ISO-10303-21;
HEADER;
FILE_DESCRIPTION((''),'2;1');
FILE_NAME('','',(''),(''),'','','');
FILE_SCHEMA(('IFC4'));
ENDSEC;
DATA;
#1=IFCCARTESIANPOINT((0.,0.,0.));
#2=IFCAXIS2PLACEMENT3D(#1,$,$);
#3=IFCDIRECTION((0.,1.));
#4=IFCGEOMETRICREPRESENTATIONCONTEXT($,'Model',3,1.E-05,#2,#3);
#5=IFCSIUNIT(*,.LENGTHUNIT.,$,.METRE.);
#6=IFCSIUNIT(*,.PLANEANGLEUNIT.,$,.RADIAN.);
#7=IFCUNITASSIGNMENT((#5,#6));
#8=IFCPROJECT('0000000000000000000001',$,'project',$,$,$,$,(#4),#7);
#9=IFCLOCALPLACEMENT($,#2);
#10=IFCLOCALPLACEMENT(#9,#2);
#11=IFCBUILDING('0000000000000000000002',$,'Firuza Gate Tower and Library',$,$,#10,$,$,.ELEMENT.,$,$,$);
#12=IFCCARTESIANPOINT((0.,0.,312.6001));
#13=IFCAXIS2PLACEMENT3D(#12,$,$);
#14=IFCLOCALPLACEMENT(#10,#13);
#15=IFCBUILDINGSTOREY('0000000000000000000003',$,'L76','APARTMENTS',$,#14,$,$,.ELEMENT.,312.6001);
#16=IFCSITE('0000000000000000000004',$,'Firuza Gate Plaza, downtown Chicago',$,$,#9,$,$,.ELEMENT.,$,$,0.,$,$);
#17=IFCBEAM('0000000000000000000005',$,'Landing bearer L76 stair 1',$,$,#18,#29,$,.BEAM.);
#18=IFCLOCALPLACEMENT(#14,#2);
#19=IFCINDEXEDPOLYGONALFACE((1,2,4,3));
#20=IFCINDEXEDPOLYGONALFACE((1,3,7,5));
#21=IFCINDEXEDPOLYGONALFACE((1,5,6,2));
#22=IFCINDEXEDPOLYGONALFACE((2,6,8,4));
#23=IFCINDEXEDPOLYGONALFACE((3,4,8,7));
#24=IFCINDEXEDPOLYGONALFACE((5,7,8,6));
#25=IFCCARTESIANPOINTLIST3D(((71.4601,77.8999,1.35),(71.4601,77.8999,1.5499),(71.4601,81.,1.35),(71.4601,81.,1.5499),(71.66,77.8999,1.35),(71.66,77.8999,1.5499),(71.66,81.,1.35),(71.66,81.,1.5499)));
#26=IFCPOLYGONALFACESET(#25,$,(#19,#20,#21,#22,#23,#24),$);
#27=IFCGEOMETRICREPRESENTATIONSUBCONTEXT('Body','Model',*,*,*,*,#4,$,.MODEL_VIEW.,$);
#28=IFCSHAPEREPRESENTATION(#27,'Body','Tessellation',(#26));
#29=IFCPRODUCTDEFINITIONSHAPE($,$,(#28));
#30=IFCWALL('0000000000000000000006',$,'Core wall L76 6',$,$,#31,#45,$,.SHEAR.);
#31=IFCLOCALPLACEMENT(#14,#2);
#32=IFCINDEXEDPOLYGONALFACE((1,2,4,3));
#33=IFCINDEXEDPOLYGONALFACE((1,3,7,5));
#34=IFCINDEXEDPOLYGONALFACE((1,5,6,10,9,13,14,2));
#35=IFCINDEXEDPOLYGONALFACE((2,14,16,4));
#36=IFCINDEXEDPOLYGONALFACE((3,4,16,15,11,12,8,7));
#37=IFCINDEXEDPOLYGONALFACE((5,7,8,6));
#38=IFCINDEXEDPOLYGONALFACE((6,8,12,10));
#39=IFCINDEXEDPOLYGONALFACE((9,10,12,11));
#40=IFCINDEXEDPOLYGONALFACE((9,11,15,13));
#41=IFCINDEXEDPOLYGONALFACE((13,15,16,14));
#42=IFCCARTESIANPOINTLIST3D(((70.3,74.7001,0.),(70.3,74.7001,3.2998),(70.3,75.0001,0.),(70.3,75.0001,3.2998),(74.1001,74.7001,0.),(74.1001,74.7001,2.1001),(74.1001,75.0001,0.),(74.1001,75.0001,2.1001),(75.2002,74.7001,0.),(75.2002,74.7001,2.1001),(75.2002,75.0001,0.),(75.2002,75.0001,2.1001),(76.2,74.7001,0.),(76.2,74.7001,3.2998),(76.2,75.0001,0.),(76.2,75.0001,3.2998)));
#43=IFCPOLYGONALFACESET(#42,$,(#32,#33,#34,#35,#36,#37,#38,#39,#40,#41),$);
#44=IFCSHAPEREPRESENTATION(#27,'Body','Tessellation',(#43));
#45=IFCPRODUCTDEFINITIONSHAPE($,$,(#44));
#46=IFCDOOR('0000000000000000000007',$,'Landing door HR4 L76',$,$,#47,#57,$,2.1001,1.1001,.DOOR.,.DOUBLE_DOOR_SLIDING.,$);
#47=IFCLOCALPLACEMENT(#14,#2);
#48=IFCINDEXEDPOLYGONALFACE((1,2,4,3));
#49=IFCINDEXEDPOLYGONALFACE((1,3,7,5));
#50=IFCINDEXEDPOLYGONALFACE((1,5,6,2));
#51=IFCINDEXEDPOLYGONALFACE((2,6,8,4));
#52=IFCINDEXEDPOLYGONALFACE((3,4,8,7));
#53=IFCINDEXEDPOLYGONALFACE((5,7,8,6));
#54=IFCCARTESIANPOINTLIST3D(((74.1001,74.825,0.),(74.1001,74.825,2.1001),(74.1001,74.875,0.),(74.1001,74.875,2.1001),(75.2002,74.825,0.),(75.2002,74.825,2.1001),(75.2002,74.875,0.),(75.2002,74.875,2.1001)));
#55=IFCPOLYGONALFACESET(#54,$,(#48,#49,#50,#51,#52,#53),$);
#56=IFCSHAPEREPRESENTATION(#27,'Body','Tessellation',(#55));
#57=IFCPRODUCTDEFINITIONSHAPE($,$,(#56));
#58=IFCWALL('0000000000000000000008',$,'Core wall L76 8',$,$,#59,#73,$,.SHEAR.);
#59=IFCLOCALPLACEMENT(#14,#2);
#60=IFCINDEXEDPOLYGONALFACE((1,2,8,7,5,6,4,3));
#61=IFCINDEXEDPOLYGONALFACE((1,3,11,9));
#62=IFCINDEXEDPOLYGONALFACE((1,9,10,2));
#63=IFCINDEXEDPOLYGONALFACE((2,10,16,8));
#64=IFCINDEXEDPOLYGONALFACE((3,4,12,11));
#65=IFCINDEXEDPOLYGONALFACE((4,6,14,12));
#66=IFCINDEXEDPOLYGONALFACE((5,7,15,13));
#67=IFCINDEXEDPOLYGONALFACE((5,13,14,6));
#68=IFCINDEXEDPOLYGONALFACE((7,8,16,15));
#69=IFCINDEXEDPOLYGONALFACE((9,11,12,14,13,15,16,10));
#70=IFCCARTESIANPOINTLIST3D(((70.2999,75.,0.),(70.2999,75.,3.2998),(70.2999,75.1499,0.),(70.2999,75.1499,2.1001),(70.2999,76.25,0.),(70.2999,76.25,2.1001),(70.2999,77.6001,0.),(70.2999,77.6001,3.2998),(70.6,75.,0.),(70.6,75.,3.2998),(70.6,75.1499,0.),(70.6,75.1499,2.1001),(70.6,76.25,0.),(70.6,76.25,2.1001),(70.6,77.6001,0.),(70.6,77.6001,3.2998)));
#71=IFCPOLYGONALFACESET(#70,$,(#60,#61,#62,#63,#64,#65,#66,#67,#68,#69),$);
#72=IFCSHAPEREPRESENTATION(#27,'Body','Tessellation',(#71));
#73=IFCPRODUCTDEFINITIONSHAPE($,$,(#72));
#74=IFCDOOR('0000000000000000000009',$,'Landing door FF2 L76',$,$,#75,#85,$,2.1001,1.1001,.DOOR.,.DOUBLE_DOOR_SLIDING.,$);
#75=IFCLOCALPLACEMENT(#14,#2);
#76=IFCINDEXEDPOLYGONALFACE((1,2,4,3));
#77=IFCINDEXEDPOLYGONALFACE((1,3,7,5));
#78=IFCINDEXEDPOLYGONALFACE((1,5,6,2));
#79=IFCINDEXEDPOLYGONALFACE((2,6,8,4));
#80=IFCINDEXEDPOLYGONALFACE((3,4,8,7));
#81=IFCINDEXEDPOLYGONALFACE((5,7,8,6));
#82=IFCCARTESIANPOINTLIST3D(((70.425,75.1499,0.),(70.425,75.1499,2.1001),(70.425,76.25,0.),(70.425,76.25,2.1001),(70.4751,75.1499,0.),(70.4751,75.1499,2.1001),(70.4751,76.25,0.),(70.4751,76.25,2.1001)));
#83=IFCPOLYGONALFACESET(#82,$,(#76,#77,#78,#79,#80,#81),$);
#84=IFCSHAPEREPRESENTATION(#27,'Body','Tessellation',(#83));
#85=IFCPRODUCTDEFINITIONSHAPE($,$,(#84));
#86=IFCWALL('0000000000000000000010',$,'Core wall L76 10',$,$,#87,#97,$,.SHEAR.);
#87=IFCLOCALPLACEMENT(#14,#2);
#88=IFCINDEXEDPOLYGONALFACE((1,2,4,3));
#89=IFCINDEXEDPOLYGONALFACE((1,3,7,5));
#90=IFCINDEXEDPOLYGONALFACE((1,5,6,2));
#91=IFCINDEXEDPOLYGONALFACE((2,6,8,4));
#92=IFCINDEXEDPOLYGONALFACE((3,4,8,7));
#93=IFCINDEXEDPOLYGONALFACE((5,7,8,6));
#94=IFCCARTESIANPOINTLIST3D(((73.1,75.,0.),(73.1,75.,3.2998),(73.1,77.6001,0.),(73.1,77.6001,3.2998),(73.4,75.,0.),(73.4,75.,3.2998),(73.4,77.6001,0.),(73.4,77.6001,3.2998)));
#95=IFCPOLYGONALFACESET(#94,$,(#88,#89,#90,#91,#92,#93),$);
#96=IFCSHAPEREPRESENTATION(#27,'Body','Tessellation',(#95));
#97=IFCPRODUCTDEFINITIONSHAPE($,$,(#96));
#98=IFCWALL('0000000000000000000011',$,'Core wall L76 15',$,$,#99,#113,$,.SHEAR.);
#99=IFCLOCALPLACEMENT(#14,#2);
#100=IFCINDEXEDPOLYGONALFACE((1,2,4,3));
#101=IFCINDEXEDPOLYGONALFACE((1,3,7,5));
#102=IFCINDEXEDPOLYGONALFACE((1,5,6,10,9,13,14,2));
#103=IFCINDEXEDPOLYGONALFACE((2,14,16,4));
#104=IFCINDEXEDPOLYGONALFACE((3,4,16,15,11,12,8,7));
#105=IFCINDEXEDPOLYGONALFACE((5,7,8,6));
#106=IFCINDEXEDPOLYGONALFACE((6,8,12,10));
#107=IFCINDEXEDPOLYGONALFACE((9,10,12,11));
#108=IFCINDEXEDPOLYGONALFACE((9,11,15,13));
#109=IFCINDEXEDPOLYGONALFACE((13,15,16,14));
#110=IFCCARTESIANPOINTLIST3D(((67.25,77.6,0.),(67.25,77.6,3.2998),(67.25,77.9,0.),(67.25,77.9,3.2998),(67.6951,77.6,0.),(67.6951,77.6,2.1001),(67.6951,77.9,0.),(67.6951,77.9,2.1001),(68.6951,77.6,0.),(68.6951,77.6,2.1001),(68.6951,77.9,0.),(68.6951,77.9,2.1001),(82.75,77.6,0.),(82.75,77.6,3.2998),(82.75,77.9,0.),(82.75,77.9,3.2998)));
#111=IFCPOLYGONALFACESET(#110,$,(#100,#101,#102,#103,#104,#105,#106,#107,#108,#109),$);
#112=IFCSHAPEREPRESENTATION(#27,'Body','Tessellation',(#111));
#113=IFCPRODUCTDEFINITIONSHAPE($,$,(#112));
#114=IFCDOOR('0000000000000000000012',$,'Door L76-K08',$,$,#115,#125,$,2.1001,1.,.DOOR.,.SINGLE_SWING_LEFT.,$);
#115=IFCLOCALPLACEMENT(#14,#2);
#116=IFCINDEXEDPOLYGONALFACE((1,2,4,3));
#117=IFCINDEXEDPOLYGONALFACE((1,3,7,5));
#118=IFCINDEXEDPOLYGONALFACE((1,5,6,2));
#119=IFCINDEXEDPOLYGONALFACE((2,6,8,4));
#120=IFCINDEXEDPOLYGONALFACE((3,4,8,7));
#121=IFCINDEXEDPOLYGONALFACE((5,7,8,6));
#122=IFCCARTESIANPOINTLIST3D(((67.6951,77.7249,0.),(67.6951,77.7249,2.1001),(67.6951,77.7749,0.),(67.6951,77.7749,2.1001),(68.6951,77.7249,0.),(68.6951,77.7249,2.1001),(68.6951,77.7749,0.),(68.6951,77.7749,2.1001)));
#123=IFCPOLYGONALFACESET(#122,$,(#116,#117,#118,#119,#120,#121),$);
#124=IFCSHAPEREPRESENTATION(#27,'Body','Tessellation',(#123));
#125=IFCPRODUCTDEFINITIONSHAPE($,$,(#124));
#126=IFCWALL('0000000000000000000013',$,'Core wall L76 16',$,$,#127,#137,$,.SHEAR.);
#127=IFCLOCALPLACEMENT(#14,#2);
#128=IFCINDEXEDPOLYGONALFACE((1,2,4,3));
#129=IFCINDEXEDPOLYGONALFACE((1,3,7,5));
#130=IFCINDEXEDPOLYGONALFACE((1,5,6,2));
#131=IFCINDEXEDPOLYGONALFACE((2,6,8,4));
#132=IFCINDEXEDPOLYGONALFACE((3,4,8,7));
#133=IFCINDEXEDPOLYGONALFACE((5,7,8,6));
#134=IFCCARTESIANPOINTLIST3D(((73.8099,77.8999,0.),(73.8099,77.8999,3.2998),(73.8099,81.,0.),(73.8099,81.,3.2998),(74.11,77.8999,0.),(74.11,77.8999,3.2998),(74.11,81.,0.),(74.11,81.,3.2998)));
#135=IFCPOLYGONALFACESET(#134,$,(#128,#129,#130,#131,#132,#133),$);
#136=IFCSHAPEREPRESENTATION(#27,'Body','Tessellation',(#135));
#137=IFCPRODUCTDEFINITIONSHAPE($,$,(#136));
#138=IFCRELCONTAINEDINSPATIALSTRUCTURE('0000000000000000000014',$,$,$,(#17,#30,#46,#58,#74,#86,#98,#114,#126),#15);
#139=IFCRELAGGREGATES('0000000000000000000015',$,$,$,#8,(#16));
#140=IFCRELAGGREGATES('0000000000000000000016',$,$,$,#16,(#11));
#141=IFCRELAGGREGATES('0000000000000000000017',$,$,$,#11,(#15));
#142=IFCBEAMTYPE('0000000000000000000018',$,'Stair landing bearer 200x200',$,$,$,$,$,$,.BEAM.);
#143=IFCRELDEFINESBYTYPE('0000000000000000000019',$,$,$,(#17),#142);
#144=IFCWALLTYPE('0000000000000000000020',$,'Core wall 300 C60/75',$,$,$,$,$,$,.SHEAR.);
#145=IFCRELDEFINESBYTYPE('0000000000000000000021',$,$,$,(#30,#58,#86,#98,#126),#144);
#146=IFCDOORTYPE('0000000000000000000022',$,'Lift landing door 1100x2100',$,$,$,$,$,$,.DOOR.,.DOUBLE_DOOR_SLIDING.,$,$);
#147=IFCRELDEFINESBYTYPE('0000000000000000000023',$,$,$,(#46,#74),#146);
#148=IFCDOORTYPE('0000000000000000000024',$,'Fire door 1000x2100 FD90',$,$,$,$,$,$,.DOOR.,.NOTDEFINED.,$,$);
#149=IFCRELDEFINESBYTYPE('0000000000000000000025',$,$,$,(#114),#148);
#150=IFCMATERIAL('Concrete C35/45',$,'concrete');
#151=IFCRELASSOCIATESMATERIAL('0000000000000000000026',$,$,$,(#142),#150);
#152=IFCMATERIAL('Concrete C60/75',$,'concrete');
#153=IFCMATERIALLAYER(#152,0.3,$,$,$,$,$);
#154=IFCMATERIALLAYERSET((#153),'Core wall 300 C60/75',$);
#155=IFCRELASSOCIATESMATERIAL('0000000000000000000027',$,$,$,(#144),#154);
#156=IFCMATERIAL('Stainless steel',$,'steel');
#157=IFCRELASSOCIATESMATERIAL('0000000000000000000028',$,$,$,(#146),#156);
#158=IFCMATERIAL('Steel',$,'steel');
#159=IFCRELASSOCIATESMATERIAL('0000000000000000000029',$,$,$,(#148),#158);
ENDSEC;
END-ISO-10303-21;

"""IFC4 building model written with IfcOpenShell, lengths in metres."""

from ifc_helpers import new_model, si_unit, direction, frame, frame_2d, origin, origin_2d, place, context, subcontext, project, spatial, rectangle, extrude, material, layer, layer_set, material_profile, profile_set, type_object, element, fill, save


model = new_model("IFC4")

# Units and contexts
model_context = context("Model", 3, precision=1e-05, world=origin(), true_north=direction((0.0, 1.0)))
body_context = subcontext(model_context, "Body", "Model", "MODEL_VIEW")
ifc_project = project(units=[si_unit("LENGTHUNIT", "METRE"), si_unit("PLANEANGLEUNIT", "RADIAN")], contexts=[model_context])

# Site, building, storey
site_placement = place(None, origin())
site = spatial("IfcSite", under=ifc_project, at=site_placement, Name="Firuza Gate Plaza, downtown Chicago", CompositionType="ELEMENT", RefElevation=0.0)
building_placement = place(site_placement, origin())
building = spatial("IfcBuilding", under=site, at=building_placement, Name="Firuza Gate Tower and Library", CompositionType="ELEMENT")
storey_placement = place(building_placement, frame((0.0, 0.0, 312.6001)))
storey = spatial("IfcBuildingStorey", under=building, at=storey_placement, Name="L76", Description="APARTMENTS", CompositionType="ELEMENT", Elevation=312.6001)

# Beam
ifc_material_1 = material(Name="Concrete C35/45", Category="concrete")
ifc_material_profile = material_profile(ifc_material_1, rectangle(XDim=0.2, YDim=0.2, at=origin_2d()))
ifc_profile_set = profile_set([ifc_material_profile], Name="Concrete C35/45")
beam_type = type_object("IfcBeamType", Name="Stair landing bearer 200x200", PredefinedType="BEAM", material=ifc_profile_set)
beam_placement = place(storey_placement, frame((71.5601, 77.8999, 1.45), z_axis=(0.0, 1.0, 0.0), x_axis=(-1.0, 0.0, 0.0)))
element("IfcBeam", 1, at=beam_placement, inside=storey, type_object=beam_type, Name="Landing bearer L76 stair 1", PredefinedType="BEAM", context=body_context, shape_type="SweptSolid", body=[
    extrude(rectangle(XDim=0.2, YDim=0.2, at=origin_2d()), origin(), (0.0, 0.0, 1.0), 3.1001),
])

# Walls, openings, doors
ifc_material_2 = material(Name="Concrete C60/75", Category="concrete")
ifc_layer_1 = layer(ifc_material_2, 0.3)
ifc_layer_set_1 = layer_set([ifc_layer_1], Name="Core wall 300 C60/75")
wall_type_1 = type_object("IfcWallType", Name="Core wall 300 C60/75", PredefinedType="SHEAR", material=ifc_layer_set_1)
wall_1_placement = place(storey_placement, frame((70.3, 74.8501, 0.0), z_axis=(0.0, 0.0, 1.0), x_axis=(1.0, 0.0, 0.0)))
wall_1 = element("IfcWall", 2, at=wall_1_placement, inside=storey, type_object=wall_type_1, Name="Core wall L76 6", PredefinedType="SHEAR", context=body_context, shape_type="SweptSolid", body=[
    extrude(rectangle(XDim=5.8999, YDim=0.3, at=frame_2d((2.95, 0.0))), origin(), (0.0, 0.0, 1.0), 3.2998),
])
opening_1_placement = place(wall_1_placement, frame((3.8, 0.0, 0.0)))
opening_1 = element("IfcOpeningElement", 3, at=opening_1_placement, cuts=wall_1, PredefinedType="OPENING", context=body_context, shape_type="SweptSolid", body=[
    extrude(rectangle(XDim=1.1001, YDim=2.1001, at=frame_2d((0.55, 1.05))), frame((0.0, 0.1602, 0.0), z_axis=(0.0, -1.0, 0.0), x_axis=(1.0, 0.0, 0.0)), (0.0, 0.0, 1.0), 0.3201),
])
ifc_material_3 = material(Name="Stainless steel", Category="steel")
door_type_1 = type_object("IfcDoorType", Name="Lift landing door 1100x2100", OperationType="DOUBLE_DOOR_SLIDING", PredefinedType="DOOR", material=ifc_material_3)
door_1_placement = place(opening_1_placement, origin())
door_1 = element("IfcDoor", 4, at=door_1_placement, inside=storey, type_object=door_type_1, Name="Landing door HR4 L76", OperationType="DOUBLE_DOOR_SLIDING", OverallHeight=2.1001, OverallWidth=1.1001, PredefinedType="DOOR", context=body_context, shape_type="SweptSolid", body=[
    extrude(rectangle(XDim=1.1001, YDim=2.1001, at=frame_2d((0.55, 1.05))), frame((0.0, 0.0249, 0.0), z_axis=(0.0, -1.0, 0.0), x_axis=(1.0, 0.0, 0.0)), (0.0, 0.0, 1.0), 0.05),
])
fill(opening_1, door_1)
wall_2_placement = place(storey_placement, frame((70.45, 75.0, 0.0), z_axis=(0.0, 0.0, 1.0), x_axis=(0.0, 1.0, 0.0)))
wall_2 = element("IfcWall", 5, at=wall_2_placement, inside=storey, type_object=wall_type_1, Name="Core wall L76 8", PredefinedType="SHEAR", context=body_context, shape_type="SweptSolid", body=[
    extrude(rectangle(XDim=2.6001, YDim=0.3, at=frame_2d((1.3, 0.0))), origin(), (0.0, 0.0, 1.0), 3.2998),
])
opening_2_placement = place(wall_2_placement, frame((0.1499, 0.0, 0.0)))
opening_2 = element("IfcOpeningElement", 6, at=opening_2_placement, cuts=wall_2, PredefinedType="OPENING", context=body_context, shape_type="SweptSolid", body=[
    extrude(rectangle(XDim=1.1001, YDim=2.1001, at=frame_2d((0.55, 1.05))), frame((0.0, 0.1602, 0.0), z_axis=(0.0, -1.0, 0.0), x_axis=(1.0, 0.0, 0.0)), (0.0, 0.0, 1.0), 0.3201),
])
door_2_placement = place(opening_2_placement, origin())
door_2 = element("IfcDoor", 7, at=door_2_placement, inside=storey, type_object=door_type_1, Name="Landing door FF2 L76", OperationType="DOUBLE_DOOR_SLIDING", OverallHeight=2.1001, OverallWidth=1.1001, PredefinedType="DOOR", context=body_context, shape_type="SweptSolid", body=[
    extrude(rectangle(XDim=1.1001, YDim=2.1001, at=frame_2d((0.55, 1.05))), frame((0.0, 0.0249, 0.0), z_axis=(0.0, -1.0, 0.0), x_axis=(1.0, 0.0, 0.0)), (0.0, 0.0, 1.0), 0.05),
])
fill(opening_2, door_2)

# Wall
wall_3_placement = place(storey_placement, frame((73.25, 75.0, 0.0), z_axis=(0.0, 0.0, 1.0), x_axis=(0.0, 1.0, 0.0)))
element("IfcWall", 8, at=wall_3_placement, inside=storey, type_object=wall_type_1, Name="Core wall L76 10", PredefinedType="SHEAR", context=body_context, shape_type="SweptSolid", body=[
    extrude(rectangle(XDim=2.6001, YDim=0.3, at=frame_2d((1.3, 0.0))), origin(), (0.0, 0.0, 1.0), 3.2998),
])

# Wall, opening, door
wall_4_placement = place(storey_placement, frame((67.25, 77.75, 0.0), z_axis=(0.0, 0.0, 1.0), x_axis=(1.0, 0.0, 0.0)))
wall_4 = element("IfcWall", 9, at=wall_4_placement, inside=storey, type_object=wall_type_1, Name="Core wall L76 15", PredefinedType="SHEAR", context=body_context, shape_type="SweptSolid", body=[
    extrude(rectangle(XDim=15.5, YDim=0.3, at=frame_2d((7.75, 0.0))), origin(), (0.0, 0.0, 1.0), 3.2998),
])
opening_3_placement = place(wall_4_placement, frame((0.4451, 0.0, 0.0)))
opening_3 = element("IfcOpeningElement", 10, at=opening_3_placement, cuts=wall_4, PredefinedType="OPENING", context=body_context, shape_type="SweptSolid", body=[
    extrude(rectangle(XDim=1.0, YDim=2.1001, at=frame_2d((0.5, 1.05))), frame((0.0, 0.1602, 0.0), z_axis=(0.0, -1.0, 0.0), x_axis=(1.0, 0.0, 0.0)), (0.0, 0.0, 1.0), 0.3201),
])
ifc_material_4 = material(Name="Steel", Category="steel")
door_type_2 = type_object("IfcDoorType", Name="Fire door 1000x2100 FD90", OperationType="NOTDEFINED", PredefinedType="DOOR", material=ifc_material_4)
door_3_placement = place(opening_3_placement, origin())
door_3 = element("IfcDoor", 11, at=door_3_placement, inside=storey, type_object=door_type_2, Name="Door L76-K08", OperationType="SINGLE_SWING_LEFT", OverallHeight=2.1001, OverallWidth=1.0, PredefinedType="DOOR", context=body_context, shape_type="SweptSolid", body=[
    extrude(rectangle(XDim=1.0, YDim=2.1001, at=frame_2d((0.5, 1.05))), frame((0.0, 0.0249, 0.0), z_axis=(0.0, -1.0, 0.0), x_axis=(1.0, 0.0, 0.0)), (0.0, 0.0, 1.0), 0.05),
])
fill(opening_3, door_3)

# Wall
wall_5_placement = place(storey_placement, frame((73.96, 77.8999, 0.0), z_axis=(0.0, 0.0, 1.0), x_axis=(0.0, 1.0, 0.0)))
element("IfcWall", 12, at=wall_5_placement, inside=storey, type_object=wall_type_1, Name="Core wall L76 16", PredefinedType="SHEAR", context=body_context, shape_type="SweptSolid", body=[
    extrude(rectangle(XDim=3.1001, YDim=0.3, at=frame_2d((1.55, 0.0))), origin(), (0.0, 0.0, 1.0), 3.2998),
])

save(model, "model.ifc")
